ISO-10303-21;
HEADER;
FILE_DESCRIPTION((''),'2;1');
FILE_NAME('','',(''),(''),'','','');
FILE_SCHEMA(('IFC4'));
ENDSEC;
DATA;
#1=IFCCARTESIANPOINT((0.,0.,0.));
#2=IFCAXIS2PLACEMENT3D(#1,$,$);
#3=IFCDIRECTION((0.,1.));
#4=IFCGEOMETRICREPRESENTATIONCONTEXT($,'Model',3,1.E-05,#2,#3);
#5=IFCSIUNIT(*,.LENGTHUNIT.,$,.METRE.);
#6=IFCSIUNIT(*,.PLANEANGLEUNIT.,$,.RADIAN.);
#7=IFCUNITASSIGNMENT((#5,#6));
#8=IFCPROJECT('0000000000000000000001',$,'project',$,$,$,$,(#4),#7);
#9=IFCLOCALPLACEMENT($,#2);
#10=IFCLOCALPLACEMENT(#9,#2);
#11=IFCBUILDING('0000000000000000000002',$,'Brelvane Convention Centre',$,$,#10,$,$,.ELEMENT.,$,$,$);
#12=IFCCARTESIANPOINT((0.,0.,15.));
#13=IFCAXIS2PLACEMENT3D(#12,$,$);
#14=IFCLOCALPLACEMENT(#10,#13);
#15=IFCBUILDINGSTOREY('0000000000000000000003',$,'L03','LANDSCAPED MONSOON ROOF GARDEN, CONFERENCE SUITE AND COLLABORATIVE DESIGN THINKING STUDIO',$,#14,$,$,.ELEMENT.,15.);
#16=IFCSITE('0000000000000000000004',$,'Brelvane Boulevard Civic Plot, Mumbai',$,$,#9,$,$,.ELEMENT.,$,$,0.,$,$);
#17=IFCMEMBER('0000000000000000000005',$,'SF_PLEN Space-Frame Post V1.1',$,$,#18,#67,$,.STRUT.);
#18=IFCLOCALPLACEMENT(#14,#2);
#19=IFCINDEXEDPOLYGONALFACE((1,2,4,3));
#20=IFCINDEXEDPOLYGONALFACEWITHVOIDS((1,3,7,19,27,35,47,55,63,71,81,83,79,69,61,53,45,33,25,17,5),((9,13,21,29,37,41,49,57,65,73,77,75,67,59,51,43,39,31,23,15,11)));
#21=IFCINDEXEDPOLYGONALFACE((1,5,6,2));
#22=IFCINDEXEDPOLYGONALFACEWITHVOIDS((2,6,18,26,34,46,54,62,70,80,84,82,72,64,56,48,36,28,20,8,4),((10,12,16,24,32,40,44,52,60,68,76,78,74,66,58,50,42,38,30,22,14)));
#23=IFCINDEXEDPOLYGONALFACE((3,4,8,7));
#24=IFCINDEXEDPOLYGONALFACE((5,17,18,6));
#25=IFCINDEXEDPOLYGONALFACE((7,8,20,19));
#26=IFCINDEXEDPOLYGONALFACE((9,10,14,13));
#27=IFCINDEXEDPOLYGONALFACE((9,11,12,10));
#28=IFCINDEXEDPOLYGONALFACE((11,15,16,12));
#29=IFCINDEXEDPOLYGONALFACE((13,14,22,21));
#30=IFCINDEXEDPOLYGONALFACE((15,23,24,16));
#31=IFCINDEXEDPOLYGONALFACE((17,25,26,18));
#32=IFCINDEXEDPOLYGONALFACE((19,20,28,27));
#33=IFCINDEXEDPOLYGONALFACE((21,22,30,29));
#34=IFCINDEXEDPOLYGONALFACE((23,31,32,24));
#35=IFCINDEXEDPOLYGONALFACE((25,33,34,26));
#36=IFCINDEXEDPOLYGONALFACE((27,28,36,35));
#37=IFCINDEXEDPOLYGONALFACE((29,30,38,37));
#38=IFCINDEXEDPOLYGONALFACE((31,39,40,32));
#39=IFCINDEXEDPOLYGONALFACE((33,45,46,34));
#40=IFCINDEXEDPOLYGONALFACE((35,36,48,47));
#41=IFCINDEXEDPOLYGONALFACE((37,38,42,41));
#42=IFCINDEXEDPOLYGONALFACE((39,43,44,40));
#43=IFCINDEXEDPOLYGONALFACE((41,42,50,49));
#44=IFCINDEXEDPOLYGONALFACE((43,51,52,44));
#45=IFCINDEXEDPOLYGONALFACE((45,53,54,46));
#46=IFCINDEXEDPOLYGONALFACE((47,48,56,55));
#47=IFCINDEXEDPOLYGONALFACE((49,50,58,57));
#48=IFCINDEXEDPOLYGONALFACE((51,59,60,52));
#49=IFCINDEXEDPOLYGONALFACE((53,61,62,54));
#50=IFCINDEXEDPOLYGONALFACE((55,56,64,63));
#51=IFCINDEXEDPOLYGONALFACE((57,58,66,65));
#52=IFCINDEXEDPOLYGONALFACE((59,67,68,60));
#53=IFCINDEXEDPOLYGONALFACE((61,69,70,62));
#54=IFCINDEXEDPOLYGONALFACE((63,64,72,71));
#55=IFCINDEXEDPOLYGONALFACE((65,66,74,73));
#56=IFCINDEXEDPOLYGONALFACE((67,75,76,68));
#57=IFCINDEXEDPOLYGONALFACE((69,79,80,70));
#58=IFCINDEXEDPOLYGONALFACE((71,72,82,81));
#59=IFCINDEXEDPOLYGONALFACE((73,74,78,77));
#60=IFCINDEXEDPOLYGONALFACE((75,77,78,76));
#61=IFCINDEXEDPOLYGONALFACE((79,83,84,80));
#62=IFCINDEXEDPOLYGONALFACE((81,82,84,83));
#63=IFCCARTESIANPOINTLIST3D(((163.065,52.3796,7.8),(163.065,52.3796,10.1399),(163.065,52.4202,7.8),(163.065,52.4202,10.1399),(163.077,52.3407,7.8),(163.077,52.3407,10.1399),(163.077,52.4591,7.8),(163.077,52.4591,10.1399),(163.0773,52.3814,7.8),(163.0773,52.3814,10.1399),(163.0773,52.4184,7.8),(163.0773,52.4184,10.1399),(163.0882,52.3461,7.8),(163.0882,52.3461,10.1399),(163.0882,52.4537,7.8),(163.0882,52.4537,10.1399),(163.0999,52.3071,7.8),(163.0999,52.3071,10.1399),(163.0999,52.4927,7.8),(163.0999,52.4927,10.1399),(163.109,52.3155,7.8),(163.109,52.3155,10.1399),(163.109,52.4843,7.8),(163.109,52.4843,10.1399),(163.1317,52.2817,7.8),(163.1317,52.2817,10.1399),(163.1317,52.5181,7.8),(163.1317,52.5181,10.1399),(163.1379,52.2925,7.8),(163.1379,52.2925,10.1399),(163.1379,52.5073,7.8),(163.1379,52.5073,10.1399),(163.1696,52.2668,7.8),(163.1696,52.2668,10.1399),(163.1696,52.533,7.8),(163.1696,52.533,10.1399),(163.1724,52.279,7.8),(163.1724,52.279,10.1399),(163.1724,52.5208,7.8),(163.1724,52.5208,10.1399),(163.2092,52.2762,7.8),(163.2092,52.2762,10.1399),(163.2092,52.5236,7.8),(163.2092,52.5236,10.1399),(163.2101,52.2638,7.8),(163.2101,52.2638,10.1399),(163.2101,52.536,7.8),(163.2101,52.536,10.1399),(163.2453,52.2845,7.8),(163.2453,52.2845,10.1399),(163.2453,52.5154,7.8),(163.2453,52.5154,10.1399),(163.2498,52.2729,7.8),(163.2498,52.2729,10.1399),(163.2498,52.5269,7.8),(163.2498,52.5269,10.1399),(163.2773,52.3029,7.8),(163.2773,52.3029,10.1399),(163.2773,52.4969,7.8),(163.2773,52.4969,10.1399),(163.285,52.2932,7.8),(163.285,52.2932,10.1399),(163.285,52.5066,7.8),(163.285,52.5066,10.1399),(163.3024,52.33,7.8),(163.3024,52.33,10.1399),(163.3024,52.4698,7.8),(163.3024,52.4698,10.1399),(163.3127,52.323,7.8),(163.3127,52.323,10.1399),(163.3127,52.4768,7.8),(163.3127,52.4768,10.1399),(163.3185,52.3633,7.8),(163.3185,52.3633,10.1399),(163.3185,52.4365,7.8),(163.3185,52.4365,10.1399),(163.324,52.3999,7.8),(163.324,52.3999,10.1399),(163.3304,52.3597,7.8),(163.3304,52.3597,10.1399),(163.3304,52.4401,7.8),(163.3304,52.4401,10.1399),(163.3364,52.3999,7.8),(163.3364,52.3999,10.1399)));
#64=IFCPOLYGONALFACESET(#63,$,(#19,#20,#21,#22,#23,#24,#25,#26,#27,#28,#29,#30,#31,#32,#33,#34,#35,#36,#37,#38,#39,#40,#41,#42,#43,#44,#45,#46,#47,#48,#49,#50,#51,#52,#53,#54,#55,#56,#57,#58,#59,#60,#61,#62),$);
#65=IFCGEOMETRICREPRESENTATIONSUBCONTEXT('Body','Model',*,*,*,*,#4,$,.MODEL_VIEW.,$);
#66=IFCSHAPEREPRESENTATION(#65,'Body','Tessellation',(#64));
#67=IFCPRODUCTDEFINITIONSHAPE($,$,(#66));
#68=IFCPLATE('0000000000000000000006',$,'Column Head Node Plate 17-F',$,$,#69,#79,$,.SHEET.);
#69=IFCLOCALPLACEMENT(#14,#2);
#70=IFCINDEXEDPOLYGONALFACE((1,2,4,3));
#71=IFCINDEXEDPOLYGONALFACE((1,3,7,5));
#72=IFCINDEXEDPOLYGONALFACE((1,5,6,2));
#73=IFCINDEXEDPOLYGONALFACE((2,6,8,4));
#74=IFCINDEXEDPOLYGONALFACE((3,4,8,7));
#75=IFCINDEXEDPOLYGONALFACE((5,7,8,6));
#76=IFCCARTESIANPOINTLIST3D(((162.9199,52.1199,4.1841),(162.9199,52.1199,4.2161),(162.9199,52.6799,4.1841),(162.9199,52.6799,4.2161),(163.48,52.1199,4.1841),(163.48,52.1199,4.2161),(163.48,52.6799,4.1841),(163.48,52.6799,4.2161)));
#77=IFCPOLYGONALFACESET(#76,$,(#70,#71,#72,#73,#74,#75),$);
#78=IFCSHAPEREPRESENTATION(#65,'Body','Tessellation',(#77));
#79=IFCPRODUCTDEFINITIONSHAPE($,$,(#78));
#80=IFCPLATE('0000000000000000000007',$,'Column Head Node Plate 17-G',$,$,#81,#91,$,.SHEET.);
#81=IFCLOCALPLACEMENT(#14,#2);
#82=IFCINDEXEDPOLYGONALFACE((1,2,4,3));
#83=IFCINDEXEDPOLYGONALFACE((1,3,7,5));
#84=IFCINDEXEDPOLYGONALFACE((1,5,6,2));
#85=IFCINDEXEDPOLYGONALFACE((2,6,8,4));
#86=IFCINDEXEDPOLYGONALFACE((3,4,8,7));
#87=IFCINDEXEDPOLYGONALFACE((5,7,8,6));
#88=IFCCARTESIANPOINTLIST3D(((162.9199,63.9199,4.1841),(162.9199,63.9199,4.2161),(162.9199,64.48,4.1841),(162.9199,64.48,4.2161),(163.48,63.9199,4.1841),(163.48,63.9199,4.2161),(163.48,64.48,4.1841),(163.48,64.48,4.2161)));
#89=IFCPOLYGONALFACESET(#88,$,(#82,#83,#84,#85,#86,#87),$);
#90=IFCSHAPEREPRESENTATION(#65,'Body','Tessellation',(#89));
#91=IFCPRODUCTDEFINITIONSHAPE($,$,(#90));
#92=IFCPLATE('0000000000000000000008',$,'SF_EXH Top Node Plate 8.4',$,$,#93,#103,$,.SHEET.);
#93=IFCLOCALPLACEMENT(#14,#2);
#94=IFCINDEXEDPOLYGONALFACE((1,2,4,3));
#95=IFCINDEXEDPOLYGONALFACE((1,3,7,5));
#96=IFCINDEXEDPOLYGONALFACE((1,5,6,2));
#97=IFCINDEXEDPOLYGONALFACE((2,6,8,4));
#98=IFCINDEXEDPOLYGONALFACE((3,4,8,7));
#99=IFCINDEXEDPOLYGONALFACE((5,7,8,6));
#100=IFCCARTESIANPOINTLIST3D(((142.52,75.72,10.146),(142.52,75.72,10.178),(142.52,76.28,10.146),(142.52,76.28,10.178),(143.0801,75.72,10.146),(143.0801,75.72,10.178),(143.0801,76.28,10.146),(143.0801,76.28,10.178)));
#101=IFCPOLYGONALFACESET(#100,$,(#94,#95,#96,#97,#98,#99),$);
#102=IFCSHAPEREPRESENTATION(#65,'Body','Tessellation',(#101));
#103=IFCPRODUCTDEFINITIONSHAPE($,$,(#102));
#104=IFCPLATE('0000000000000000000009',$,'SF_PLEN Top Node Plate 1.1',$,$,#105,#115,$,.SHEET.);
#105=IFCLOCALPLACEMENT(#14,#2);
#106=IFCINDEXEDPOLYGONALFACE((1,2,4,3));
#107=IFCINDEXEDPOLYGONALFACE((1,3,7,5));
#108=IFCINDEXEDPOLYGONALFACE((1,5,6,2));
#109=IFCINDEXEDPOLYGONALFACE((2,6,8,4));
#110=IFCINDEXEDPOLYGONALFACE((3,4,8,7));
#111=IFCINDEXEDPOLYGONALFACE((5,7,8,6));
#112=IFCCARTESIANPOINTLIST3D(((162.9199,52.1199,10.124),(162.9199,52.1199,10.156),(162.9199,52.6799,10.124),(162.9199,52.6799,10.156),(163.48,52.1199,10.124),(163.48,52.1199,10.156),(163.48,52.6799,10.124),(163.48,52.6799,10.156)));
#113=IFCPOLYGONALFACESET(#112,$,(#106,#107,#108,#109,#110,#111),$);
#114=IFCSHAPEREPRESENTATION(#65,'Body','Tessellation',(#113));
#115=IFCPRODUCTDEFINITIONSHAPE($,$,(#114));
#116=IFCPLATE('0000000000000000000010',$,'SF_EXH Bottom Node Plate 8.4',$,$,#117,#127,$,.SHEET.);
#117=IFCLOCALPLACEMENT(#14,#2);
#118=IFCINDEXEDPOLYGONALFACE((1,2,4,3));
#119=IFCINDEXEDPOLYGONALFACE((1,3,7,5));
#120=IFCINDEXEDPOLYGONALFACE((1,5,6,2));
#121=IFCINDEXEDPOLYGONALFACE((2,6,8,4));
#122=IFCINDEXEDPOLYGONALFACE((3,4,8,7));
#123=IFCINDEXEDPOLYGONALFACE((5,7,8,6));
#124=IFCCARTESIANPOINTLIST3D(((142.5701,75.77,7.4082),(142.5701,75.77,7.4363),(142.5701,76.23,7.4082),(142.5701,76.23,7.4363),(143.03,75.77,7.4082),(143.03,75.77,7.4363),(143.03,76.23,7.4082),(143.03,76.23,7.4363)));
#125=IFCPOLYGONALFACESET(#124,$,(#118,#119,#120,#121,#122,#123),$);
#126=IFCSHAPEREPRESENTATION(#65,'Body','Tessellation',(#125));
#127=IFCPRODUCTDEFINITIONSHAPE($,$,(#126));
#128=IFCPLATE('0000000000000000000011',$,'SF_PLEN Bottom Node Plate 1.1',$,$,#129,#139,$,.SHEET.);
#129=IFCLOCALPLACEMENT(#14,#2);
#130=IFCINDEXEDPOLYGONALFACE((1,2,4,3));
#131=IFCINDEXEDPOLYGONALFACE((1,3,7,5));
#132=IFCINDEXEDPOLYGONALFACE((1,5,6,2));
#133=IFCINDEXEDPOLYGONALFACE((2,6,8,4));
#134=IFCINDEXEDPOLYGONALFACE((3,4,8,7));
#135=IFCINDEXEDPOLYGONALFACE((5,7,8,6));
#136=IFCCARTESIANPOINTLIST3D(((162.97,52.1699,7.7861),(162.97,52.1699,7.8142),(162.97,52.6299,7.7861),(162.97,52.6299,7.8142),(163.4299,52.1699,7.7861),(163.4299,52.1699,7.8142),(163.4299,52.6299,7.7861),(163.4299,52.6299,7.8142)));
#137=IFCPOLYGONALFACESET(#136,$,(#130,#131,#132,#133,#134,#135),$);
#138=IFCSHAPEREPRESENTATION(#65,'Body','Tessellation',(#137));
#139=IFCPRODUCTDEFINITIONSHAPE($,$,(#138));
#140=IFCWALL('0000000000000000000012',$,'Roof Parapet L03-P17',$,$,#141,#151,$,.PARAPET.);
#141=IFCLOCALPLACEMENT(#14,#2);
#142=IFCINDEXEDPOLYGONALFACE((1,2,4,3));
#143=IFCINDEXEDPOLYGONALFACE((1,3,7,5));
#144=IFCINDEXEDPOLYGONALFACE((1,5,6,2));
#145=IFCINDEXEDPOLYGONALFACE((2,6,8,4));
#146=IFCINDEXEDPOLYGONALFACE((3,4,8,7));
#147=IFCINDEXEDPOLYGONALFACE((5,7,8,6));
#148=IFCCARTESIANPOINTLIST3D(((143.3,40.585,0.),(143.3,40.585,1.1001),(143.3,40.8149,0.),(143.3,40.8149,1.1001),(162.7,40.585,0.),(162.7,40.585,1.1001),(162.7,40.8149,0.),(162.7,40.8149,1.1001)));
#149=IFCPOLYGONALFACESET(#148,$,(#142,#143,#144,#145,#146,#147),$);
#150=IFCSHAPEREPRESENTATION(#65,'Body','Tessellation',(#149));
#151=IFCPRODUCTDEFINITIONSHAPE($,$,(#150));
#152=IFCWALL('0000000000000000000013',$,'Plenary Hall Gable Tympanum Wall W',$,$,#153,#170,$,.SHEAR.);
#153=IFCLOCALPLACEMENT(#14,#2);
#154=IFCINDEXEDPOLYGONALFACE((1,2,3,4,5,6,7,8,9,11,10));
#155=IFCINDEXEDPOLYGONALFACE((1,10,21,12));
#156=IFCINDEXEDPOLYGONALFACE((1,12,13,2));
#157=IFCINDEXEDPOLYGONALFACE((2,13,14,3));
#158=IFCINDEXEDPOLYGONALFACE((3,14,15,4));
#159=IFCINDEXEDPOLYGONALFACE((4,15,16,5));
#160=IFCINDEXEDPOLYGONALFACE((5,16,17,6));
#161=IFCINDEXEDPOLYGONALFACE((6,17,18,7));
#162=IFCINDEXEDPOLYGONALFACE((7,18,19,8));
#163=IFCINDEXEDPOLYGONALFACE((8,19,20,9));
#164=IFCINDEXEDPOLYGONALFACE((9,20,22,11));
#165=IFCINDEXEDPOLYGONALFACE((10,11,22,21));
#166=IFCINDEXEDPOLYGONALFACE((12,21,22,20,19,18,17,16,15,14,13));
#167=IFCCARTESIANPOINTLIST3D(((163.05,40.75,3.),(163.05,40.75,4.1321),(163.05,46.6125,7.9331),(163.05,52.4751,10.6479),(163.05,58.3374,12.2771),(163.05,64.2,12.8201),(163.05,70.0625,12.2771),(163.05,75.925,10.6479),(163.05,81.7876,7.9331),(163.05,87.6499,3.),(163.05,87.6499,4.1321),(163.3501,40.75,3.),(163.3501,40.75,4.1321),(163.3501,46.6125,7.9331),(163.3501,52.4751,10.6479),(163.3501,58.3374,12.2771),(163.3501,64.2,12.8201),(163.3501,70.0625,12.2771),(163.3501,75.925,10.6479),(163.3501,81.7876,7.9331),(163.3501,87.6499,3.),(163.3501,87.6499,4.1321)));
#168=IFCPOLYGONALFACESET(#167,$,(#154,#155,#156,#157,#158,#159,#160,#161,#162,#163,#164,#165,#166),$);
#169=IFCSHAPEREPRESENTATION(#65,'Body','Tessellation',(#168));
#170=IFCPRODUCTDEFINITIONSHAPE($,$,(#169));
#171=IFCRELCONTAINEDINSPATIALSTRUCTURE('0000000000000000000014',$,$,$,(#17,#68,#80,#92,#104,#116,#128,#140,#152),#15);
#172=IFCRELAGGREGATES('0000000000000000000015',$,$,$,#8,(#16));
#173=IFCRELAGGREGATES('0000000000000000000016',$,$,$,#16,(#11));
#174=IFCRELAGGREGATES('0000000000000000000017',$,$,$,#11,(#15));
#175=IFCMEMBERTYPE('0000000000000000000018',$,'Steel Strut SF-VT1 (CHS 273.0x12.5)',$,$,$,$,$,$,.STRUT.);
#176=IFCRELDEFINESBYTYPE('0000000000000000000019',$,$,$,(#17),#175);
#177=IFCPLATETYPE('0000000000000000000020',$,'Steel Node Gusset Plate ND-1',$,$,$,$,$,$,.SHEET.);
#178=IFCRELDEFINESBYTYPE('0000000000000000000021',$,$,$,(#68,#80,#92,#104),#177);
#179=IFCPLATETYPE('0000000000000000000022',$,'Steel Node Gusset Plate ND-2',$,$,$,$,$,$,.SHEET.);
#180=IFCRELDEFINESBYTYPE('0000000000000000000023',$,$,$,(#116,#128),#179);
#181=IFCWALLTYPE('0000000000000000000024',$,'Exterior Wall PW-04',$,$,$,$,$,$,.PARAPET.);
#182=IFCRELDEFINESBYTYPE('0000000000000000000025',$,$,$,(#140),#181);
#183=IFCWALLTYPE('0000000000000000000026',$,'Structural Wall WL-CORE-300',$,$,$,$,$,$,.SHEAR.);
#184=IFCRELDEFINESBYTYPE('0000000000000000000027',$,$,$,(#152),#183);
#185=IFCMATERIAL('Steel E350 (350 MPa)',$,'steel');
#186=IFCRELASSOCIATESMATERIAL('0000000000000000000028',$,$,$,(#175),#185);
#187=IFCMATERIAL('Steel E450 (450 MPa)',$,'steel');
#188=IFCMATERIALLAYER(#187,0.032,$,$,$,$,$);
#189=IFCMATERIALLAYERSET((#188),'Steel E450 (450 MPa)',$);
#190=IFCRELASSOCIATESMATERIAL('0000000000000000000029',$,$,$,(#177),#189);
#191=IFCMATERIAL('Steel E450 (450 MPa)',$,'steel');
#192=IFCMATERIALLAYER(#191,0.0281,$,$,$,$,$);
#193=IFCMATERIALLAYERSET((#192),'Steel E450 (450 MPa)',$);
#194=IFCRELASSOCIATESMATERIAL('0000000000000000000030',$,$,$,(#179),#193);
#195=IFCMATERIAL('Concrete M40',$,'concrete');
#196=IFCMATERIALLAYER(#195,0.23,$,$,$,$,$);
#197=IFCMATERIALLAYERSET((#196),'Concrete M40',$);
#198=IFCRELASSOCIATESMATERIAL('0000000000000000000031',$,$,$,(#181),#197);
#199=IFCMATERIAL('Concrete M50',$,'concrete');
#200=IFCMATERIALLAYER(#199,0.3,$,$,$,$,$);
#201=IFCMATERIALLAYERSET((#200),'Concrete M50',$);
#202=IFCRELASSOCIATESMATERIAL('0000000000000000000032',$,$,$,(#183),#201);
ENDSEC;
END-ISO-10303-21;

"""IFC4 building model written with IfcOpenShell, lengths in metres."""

from ifc_helpers import new_model, si_unit, direction, frame, frame_2d, origin, origin_2d, place, context, subcontext, project, spatial, polyline, rectangle, hollow_circle, outline, extrude, material, layer, layer_set, material_profile, profile_set, type_object, element, save


model = new_model("IFC4")

# Units and contexts
model_context = context("Model", 3, precision=1e-05, world=origin(), true_north=direction((0.0, 1.0)))
body_context = subcontext(model_context, "Body", "Model", "MODEL_VIEW")
ifc_project = project(units=[si_unit("LENGTHUNIT", "METRE"), si_unit("PLANEANGLEUNIT", "RADIAN")], contexts=[model_context])

# Site, building, storey
site_placement = place(None, origin())
site = spatial("IfcSite", under=ifc_project, at=site_placement, Name="Brelvane Boulevard Civic Plot, Mumbai", CompositionType="ELEMENT", RefElevation=0.0)
building_placement = place(site_placement, origin())
building = spatial("IfcBuilding", under=site, at=building_placement, Name="Brelvane Convention Centre", CompositionType="ELEMENT")
storey_placement = place(building_placement, frame((0.0, 0.0, 15.0)))
storey = spatial("IfcBuildingStorey", under=building, at=storey_placement, Name="L03", Description="LANDSCAPED MONSOON ROOF GARDEN, CONFERENCE SUITE AND COLLABORATIVE DESIGN THINKING STUDIO", CompositionType="ELEMENT", Elevation=15.0)

# Member
ifc_material_1 = material(Name="Steel E350 (350 MPa)", Category="steel")
ifc_material_profile_1 = material_profile(ifc_material_1, hollow_circle(Radius=0.1365, WallThickness=0.0125, at=origin_2d()), Name="CHS 273.0x12.5")
ifc_profile_set_1 = profile_set([ifc_material_profile_1], Name="Steel E350 (350 MPa)")
member_type_1 = type_object("IfcMemberType", Name="Steel Strut SF-VT1 (CHS 273.0x12.5)", PredefinedType="STRUT", material=ifc_profile_set_1)
member_1_placement = place(storey_placement, frame((163.2, 52.3999, 7.8), z_axis=(0.0, 0.0, 1.0), x_axis=(1.0, 0.0, 0.0)))
element("IfcMember", 1, at=member_1_placement, inside=storey, type_object=member_type_1, Name="SF_PLEN Space-Frame Post V1.1", PredefinedType="STRUT", context=body_context, shape_type="SweptSolid", body=[
    extrude(hollow_circle(Radius=0.1365, WallThickness=0.0125, at=origin_2d()), origin(), (0.0, 0.0, 1.0), 2.3398),
])

# Plates
ifc_material_2 = material(Name="Steel E450 (450 MPa)", Category="steel")
ifc_layer_1 = layer(ifc_material_2, 0.032)
ifc_layer_set_1 = layer_set([ifc_layer_1], Name="Steel E450 (450 MPa)")
plate_type_1 = type_object("IfcPlateType", Name="Steel Node Gusset Plate ND-1", PredefinedType="SHEET", material=ifc_layer_set_1)
for number, where, z_axis, x_axis, name in (
    (2, (163.2, 52.3999, 4.1841), (0.0, 0.0, 1.0), (1.0, 0.0, 0.0), "Column Head Node Plate 17-F"),
    (3, (163.2, 64.2, 4.1841), (0.0, 0.0, 1.0), (1.0, 0.0, 0.0), "Column Head Node Plate 17-G"),
    (4, (142.8, 76.0, 10.146), (0.0, 0.0, 1.0), (1.0, 0.0, 0.0), "SF_EXH Top Node Plate 8.4"),
    (5, (163.2, 52.3999, 10.124), (0.0, 0.0, 1.0), (1.0, 0.0, 0.0), "SF_PLEN Top Node Plate 1.1"),
):
    element("IfcPlate", number, at=place(storey_placement, frame(where, z_axis=z_axis, x_axis=x_axis)), inside=storey, type_object=plate_type_1, Name=name, PredefinedType="SHEET", context=body_context, shape_type="SweptSolid", body=[
        extrude(rectangle(XDim=0.5601, YDim=0.5601, at=origin_2d()), origin(), (0.0, 0.0, 1.0), 0.032),
    ])
ifc_material_3 = material(Name="Steel E450 (450 MPa)", Category="steel")
ifc_layer_2 = layer(ifc_material_3, 0.0281)
ifc_layer_set_2 = layer_set([ifc_layer_2], Name="Steel E450 (450 MPa)")
plate_type_2 = type_object("IfcPlateType", Name="Steel Node Gusset Plate ND-2", PredefinedType="SHEET", material=ifc_layer_set_2)
for number, where, z_axis, x_axis, name in (
    (6, (142.8, 76.0, 7.4082), (0.0, 0.0, 1.0), (1.0, 0.0, 0.0), "SF_EXH Bottom Node Plate 8.4"),
    (7, (163.2, 52.3999, 7.7861), (0.0, 0.0, 1.0), (1.0, 0.0, 0.0), "SF_PLEN Bottom Node Plate 1.1"),
):
    element("IfcPlate", number, at=place(storey_placement, frame(where, z_axis=z_axis, x_axis=x_axis)), inside=storey, type_object=plate_type_2, Name=name, PredefinedType="SHEET", context=body_context, shape_type="SweptSolid", body=[
        extrude(rectangle(XDim=0.46, YDim=0.46, at=origin_2d()), origin(), (0.0, 0.0, 1.0), 0.0281),
    ])

# Walls
ifc_material_4 = material(Name="Concrete M40", Category="concrete")
ifc_layer_3 = layer(ifc_material_4, 0.23)
ifc_layer_set_3 = layer_set([ifc_layer_3], Name="Concrete M40")
wall_type_1 = type_object("IfcWallType", Name="Exterior Wall PW-04", PredefinedType="PARAPET", material=ifc_layer_set_3)
wall_1_placement = place(storey_placement, frame((143.3, 40.7, 0.0), z_axis=(0.0, 0.0, 1.0), x_axis=(1.0, 0.0, 0.0)))
element("IfcWall", 8, at=wall_1_placement, inside=storey, type_object=wall_type_1, Name="Roof Parapet L03-P17", PredefinedType="PARAPET", context=body_context, shape_type="SweptSolid", body=[
    extrude(rectangle(XDim=19.3999, YDim=0.23, at=frame_2d((9.7, 0.0))), origin(), (0.0, 0.0, 1.0), 1.1001),
])
ifc_material_5 = material(Name="Concrete M50", Category="concrete")
ifc_layer_4 = layer(ifc_material_5, 0.3)
ifc_layer_set_4 = layer_set([ifc_layer_4], Name="Concrete M50")
wall_type_2 = type_object("IfcWallType", Name="Structural Wall WL-CORE-300", PredefinedType="SHEAR", material=ifc_layer_set_4)
wall_2_placement = place(storey_placement, frame((163.2, 40.75, 3.0), z_axis=(0.0, 0.0, 1.0), x_axis=(0.0, 1.0, 0.0)))
element("IfcWall", 9, at=wall_2_placement, inside=storey, type_object=wall_type_2, Name="Plenary Hall Gable Tympanum Wall W", PredefinedType="SHEAR", context=body_context, shape_type="SweptSolid", body=[
    extrude(outline(polyline([(0.0, 0.0), (46.8999, 0.0), (46.8999, 1.1321), (41.0376, 4.9331), (35.175, 7.6479), (29.3125, 9.2771), (23.45, 9.8201), (17.5874, 9.2771), (11.7251, 7.6479), (5.8625, 4.9331), (0.0, 1.1321), (0.0, 0.0)])), frame((0.0, 0.1499, 0.0), z_axis=(0.0, -1.0, 0.0), x_axis=(1.0, 0.0, 0.0)), (0.0, 0.0, 1.0), 0.3),
])

save(model, "model.ifc")
